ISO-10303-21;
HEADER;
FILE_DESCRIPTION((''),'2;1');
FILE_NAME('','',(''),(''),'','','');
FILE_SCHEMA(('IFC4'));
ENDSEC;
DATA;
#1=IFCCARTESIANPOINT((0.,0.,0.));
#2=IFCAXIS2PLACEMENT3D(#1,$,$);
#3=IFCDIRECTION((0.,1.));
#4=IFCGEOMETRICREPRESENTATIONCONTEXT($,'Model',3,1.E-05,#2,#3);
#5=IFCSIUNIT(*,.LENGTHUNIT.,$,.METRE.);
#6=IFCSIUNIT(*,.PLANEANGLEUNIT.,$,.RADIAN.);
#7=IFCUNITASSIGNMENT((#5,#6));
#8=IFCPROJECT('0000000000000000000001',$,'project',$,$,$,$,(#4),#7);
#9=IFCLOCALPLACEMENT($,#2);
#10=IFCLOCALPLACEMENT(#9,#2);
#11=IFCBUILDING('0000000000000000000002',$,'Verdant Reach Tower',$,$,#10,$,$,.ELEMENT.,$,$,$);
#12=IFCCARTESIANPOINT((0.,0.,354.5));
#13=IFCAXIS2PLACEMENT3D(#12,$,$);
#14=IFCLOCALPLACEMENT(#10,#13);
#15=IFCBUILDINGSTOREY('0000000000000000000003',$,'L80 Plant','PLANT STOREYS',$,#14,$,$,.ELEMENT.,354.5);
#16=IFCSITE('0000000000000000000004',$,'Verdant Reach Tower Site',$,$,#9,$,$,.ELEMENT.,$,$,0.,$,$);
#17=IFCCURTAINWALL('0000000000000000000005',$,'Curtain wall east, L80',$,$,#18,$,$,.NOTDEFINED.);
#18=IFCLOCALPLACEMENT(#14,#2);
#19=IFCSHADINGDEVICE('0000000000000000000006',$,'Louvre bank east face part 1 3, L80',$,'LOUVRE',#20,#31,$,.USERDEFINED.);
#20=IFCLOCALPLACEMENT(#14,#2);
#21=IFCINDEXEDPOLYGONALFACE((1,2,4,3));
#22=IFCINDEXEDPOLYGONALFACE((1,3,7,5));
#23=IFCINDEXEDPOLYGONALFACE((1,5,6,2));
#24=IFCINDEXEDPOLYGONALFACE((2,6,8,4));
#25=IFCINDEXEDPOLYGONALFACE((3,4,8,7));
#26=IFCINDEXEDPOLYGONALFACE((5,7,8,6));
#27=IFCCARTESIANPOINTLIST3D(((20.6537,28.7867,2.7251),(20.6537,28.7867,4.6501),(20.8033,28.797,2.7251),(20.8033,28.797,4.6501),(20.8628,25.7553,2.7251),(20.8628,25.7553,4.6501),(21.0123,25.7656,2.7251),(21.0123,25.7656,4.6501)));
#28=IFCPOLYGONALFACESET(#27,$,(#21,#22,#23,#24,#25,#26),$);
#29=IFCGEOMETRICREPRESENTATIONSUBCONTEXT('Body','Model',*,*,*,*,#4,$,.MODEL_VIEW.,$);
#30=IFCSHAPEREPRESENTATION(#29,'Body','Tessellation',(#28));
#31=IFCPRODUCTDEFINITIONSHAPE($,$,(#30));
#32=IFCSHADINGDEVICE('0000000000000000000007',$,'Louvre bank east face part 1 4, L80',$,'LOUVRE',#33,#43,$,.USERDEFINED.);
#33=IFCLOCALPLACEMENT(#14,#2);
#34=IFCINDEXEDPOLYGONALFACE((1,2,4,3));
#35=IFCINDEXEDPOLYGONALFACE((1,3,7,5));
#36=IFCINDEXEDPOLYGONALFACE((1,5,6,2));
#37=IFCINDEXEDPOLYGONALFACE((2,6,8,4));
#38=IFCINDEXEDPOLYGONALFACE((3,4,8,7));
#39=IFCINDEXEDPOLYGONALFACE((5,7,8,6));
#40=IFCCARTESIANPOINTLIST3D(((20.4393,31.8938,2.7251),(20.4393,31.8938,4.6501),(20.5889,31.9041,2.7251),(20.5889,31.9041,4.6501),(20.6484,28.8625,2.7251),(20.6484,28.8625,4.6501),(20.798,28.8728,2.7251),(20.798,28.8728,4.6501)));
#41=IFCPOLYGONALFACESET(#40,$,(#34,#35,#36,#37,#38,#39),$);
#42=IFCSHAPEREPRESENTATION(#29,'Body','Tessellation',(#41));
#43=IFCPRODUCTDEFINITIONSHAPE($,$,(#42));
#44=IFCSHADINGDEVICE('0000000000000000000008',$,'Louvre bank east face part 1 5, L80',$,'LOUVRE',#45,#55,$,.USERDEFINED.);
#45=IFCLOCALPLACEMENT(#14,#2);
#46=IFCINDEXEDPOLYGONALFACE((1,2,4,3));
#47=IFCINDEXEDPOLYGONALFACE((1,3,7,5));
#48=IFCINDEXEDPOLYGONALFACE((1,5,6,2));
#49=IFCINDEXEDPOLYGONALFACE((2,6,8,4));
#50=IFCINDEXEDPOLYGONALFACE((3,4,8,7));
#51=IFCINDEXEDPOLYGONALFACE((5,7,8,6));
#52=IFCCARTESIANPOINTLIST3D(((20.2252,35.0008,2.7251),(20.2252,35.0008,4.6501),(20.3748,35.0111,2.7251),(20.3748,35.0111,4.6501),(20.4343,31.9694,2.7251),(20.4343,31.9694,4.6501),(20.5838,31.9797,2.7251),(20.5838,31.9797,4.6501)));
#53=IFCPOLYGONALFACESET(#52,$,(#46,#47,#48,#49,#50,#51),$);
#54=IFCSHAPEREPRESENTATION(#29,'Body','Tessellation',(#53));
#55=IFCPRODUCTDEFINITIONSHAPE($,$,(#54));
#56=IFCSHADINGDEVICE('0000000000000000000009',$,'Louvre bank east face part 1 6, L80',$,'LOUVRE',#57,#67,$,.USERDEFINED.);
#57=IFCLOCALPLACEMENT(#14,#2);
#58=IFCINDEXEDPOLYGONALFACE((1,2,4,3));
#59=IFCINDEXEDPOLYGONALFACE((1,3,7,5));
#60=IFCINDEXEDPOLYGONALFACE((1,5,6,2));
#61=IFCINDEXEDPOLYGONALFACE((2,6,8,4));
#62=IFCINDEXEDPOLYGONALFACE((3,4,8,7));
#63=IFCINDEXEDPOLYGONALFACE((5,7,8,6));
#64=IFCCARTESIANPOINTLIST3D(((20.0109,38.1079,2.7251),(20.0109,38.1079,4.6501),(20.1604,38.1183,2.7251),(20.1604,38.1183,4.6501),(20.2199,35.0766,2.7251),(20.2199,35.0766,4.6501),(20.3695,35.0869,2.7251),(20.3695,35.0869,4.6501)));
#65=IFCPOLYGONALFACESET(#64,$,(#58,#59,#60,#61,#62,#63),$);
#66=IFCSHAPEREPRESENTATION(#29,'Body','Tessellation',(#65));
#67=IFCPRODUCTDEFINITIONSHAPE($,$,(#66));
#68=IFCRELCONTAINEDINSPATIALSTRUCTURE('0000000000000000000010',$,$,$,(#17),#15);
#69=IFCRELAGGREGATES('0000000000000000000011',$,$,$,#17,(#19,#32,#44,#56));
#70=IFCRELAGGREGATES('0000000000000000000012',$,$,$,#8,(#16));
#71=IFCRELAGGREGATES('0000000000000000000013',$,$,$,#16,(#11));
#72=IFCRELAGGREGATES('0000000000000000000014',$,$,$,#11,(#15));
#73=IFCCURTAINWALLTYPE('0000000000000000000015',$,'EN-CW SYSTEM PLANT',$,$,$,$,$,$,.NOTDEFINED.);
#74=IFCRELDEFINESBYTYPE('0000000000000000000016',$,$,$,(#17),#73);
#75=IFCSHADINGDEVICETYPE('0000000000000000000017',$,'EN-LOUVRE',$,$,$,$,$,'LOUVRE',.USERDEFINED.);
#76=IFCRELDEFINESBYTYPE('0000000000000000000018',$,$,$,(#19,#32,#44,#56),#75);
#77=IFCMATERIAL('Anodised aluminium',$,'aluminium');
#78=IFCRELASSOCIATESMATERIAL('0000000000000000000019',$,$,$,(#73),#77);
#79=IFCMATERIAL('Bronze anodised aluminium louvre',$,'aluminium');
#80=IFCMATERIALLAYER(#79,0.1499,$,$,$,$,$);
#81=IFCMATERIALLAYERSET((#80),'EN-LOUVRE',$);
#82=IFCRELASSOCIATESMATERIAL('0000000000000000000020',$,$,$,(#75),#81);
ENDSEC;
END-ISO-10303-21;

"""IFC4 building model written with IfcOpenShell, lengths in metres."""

from ifc_helpers import new_model, si_unit, direction, frame, origin, origin_2d, place, context, subcontext, project, spatial, rectangle, extrude, material, layer, layer_set, type_object, element, aggregate, save


model = new_model("IFC4")

# Units and contexts
model_context = context("Model", 3, precision=1e-05, world=origin(), true_north=direction((0.0, 1.0)))
body_context = subcontext(model_context, "Body", "Model", "MODEL_VIEW")
ifc_project = project(units=[si_unit("LENGTHUNIT", "METRE"), si_unit("PLANEANGLEUNIT", "RADIAN")], contexts=[model_context])

# Site, building, storey
site_placement = place(None, origin())
site = spatial("IfcSite", under=ifc_project, at=site_placement, Name="Verdant Reach Tower Site", CompositionType="ELEMENT", RefElevation=0.0)
building_placement = place(site_placement, origin())
building = spatial("IfcBuilding", under=site, at=building_placement, Name="Verdant Reach Tower", CompositionType="ELEMENT")
storey_placement = place(building_placement, frame((0.0, 0.0, 354.5)))
storey = spatial("IfcBuildingStorey", under=building, at=storey_placement, Name="L80 Plant", Description="PLANT STOREYS", CompositionType="ELEMENT", Elevation=354.5)

# Curtain wall
ifc_material_1 = material(Name="Anodised aluminium", Category="aluminium")
curtain_wall_type = type_object("IfcCurtainWallType", Name="EN-CW SYSTEM PLANT", PredefinedType="NOTDEFINED", material=ifc_material_1)
curtain_wall_placement = place(storey_placement, origin())
curtain_wall = element("IfcCurtainWall", 1, at=curtain_wall_placement, inside=storey, type_object=curtain_wall_type, Name="Curtain wall east, L80", PredefinedType="NOTDEFINED")

# Shading devices
ifc_material_2 = material(Name="Bronze anodised aluminium louvre", Category="aluminium")
ifc_layer_1 = layer(ifc_material_2, 0.1499)
ifc_layer_set_1 = layer_set([ifc_layer_1], Name="EN-LOUVRE")
shading_device_type = type_object("IfcShadingDeviceType", Name="EN-LOUVRE", ElementType="LOUVRE", PredefinedType="USERDEFINED", material=ifc_layer_set_1)
shading_device_1_placement = place(storey_placement, frame((20.833, 27.2761, 2.7251), z_axis=(0.0, 0.0, 1.0), x_axis=(-0.068802, 0.99763, 0.0)))
shading_device_1 = element("IfcShadingDevice", 2, at=shading_device_1_placement, type_object=shading_device_type, Name="Louvre bank east face part 1 3, L80", ObjectType="LOUVRE", PredefinedType="USERDEFINED", context=body_context, shape_type="SweptSolid", body=[
    extrude(rectangle(XDim=3.0386, YDim=0.1499, at=origin_2d()), origin(), (0.0, 0.0, 1.0), 1.925),
])
shading_device_2_placement = place(storey_placement, frame((20.6187, 30.3833, 2.7251), z_axis=(0.0, 0.0, 1.0), x_axis=(-0.068802, 0.99763, 0.0)))
shading_device_2 = element("IfcShadingDevice", 3, at=shading_device_2_placement, type_object=shading_device_type, Name="Louvre bank east face part 1 4, L80", ObjectType="LOUVRE", PredefinedType="USERDEFINED", context=body_context, shape_type="SweptSolid", body=[
    extrude(rectangle(XDim=3.0386, YDim=0.1499, at=origin_2d()), origin(), (0.0, 0.0, 1.0), 1.925),
])
shading_device_3_placement = place(storey_placement, frame((20.4045, 33.4902, 2.7251), z_axis=(0.0, 0.0, 1.0), x_axis=(-0.068802, 0.99763, 0.0)))
shading_device_3 = element("IfcShadingDevice", 4, at=shading_device_3_placement, type_object=shading_device_type, Name="Louvre bank east face part 1 5, L80", ObjectType="LOUVRE", PredefinedType="USERDEFINED", context=body_context, shape_type="SweptSolid", body=[
    extrude(rectangle(XDim=3.0386, YDim=0.1499, at=origin_2d()), origin(), (0.0, 0.0, 1.0), 1.925),
])
shading_device_4_placement = place(storey_placement, frame((20.1902, 36.5974, 2.7251), z_axis=(0.0, 0.0, 1.0), x_axis=(-0.068802, 0.99763, 0.0)))
shading_device_4 = element("IfcShadingDevice", 5, at=shading_device_4_placement, type_object=shading_device_type, Name="Louvre bank east face part 1 6, L80", ObjectType="LOUVRE", PredefinedType="USERDEFINED", context=body_context, shape_type="SweptSolid", body=[
    extrude(rectangle(XDim=3.0386, YDim=0.1499, at=origin_2d()), origin(), (0.0, 0.0, 1.0), 1.925),
])
aggregate(curtain_wall, [shading_device_1, shading_device_2, shading_device_3, shading_device_4])

save(model, "model.ifc")
